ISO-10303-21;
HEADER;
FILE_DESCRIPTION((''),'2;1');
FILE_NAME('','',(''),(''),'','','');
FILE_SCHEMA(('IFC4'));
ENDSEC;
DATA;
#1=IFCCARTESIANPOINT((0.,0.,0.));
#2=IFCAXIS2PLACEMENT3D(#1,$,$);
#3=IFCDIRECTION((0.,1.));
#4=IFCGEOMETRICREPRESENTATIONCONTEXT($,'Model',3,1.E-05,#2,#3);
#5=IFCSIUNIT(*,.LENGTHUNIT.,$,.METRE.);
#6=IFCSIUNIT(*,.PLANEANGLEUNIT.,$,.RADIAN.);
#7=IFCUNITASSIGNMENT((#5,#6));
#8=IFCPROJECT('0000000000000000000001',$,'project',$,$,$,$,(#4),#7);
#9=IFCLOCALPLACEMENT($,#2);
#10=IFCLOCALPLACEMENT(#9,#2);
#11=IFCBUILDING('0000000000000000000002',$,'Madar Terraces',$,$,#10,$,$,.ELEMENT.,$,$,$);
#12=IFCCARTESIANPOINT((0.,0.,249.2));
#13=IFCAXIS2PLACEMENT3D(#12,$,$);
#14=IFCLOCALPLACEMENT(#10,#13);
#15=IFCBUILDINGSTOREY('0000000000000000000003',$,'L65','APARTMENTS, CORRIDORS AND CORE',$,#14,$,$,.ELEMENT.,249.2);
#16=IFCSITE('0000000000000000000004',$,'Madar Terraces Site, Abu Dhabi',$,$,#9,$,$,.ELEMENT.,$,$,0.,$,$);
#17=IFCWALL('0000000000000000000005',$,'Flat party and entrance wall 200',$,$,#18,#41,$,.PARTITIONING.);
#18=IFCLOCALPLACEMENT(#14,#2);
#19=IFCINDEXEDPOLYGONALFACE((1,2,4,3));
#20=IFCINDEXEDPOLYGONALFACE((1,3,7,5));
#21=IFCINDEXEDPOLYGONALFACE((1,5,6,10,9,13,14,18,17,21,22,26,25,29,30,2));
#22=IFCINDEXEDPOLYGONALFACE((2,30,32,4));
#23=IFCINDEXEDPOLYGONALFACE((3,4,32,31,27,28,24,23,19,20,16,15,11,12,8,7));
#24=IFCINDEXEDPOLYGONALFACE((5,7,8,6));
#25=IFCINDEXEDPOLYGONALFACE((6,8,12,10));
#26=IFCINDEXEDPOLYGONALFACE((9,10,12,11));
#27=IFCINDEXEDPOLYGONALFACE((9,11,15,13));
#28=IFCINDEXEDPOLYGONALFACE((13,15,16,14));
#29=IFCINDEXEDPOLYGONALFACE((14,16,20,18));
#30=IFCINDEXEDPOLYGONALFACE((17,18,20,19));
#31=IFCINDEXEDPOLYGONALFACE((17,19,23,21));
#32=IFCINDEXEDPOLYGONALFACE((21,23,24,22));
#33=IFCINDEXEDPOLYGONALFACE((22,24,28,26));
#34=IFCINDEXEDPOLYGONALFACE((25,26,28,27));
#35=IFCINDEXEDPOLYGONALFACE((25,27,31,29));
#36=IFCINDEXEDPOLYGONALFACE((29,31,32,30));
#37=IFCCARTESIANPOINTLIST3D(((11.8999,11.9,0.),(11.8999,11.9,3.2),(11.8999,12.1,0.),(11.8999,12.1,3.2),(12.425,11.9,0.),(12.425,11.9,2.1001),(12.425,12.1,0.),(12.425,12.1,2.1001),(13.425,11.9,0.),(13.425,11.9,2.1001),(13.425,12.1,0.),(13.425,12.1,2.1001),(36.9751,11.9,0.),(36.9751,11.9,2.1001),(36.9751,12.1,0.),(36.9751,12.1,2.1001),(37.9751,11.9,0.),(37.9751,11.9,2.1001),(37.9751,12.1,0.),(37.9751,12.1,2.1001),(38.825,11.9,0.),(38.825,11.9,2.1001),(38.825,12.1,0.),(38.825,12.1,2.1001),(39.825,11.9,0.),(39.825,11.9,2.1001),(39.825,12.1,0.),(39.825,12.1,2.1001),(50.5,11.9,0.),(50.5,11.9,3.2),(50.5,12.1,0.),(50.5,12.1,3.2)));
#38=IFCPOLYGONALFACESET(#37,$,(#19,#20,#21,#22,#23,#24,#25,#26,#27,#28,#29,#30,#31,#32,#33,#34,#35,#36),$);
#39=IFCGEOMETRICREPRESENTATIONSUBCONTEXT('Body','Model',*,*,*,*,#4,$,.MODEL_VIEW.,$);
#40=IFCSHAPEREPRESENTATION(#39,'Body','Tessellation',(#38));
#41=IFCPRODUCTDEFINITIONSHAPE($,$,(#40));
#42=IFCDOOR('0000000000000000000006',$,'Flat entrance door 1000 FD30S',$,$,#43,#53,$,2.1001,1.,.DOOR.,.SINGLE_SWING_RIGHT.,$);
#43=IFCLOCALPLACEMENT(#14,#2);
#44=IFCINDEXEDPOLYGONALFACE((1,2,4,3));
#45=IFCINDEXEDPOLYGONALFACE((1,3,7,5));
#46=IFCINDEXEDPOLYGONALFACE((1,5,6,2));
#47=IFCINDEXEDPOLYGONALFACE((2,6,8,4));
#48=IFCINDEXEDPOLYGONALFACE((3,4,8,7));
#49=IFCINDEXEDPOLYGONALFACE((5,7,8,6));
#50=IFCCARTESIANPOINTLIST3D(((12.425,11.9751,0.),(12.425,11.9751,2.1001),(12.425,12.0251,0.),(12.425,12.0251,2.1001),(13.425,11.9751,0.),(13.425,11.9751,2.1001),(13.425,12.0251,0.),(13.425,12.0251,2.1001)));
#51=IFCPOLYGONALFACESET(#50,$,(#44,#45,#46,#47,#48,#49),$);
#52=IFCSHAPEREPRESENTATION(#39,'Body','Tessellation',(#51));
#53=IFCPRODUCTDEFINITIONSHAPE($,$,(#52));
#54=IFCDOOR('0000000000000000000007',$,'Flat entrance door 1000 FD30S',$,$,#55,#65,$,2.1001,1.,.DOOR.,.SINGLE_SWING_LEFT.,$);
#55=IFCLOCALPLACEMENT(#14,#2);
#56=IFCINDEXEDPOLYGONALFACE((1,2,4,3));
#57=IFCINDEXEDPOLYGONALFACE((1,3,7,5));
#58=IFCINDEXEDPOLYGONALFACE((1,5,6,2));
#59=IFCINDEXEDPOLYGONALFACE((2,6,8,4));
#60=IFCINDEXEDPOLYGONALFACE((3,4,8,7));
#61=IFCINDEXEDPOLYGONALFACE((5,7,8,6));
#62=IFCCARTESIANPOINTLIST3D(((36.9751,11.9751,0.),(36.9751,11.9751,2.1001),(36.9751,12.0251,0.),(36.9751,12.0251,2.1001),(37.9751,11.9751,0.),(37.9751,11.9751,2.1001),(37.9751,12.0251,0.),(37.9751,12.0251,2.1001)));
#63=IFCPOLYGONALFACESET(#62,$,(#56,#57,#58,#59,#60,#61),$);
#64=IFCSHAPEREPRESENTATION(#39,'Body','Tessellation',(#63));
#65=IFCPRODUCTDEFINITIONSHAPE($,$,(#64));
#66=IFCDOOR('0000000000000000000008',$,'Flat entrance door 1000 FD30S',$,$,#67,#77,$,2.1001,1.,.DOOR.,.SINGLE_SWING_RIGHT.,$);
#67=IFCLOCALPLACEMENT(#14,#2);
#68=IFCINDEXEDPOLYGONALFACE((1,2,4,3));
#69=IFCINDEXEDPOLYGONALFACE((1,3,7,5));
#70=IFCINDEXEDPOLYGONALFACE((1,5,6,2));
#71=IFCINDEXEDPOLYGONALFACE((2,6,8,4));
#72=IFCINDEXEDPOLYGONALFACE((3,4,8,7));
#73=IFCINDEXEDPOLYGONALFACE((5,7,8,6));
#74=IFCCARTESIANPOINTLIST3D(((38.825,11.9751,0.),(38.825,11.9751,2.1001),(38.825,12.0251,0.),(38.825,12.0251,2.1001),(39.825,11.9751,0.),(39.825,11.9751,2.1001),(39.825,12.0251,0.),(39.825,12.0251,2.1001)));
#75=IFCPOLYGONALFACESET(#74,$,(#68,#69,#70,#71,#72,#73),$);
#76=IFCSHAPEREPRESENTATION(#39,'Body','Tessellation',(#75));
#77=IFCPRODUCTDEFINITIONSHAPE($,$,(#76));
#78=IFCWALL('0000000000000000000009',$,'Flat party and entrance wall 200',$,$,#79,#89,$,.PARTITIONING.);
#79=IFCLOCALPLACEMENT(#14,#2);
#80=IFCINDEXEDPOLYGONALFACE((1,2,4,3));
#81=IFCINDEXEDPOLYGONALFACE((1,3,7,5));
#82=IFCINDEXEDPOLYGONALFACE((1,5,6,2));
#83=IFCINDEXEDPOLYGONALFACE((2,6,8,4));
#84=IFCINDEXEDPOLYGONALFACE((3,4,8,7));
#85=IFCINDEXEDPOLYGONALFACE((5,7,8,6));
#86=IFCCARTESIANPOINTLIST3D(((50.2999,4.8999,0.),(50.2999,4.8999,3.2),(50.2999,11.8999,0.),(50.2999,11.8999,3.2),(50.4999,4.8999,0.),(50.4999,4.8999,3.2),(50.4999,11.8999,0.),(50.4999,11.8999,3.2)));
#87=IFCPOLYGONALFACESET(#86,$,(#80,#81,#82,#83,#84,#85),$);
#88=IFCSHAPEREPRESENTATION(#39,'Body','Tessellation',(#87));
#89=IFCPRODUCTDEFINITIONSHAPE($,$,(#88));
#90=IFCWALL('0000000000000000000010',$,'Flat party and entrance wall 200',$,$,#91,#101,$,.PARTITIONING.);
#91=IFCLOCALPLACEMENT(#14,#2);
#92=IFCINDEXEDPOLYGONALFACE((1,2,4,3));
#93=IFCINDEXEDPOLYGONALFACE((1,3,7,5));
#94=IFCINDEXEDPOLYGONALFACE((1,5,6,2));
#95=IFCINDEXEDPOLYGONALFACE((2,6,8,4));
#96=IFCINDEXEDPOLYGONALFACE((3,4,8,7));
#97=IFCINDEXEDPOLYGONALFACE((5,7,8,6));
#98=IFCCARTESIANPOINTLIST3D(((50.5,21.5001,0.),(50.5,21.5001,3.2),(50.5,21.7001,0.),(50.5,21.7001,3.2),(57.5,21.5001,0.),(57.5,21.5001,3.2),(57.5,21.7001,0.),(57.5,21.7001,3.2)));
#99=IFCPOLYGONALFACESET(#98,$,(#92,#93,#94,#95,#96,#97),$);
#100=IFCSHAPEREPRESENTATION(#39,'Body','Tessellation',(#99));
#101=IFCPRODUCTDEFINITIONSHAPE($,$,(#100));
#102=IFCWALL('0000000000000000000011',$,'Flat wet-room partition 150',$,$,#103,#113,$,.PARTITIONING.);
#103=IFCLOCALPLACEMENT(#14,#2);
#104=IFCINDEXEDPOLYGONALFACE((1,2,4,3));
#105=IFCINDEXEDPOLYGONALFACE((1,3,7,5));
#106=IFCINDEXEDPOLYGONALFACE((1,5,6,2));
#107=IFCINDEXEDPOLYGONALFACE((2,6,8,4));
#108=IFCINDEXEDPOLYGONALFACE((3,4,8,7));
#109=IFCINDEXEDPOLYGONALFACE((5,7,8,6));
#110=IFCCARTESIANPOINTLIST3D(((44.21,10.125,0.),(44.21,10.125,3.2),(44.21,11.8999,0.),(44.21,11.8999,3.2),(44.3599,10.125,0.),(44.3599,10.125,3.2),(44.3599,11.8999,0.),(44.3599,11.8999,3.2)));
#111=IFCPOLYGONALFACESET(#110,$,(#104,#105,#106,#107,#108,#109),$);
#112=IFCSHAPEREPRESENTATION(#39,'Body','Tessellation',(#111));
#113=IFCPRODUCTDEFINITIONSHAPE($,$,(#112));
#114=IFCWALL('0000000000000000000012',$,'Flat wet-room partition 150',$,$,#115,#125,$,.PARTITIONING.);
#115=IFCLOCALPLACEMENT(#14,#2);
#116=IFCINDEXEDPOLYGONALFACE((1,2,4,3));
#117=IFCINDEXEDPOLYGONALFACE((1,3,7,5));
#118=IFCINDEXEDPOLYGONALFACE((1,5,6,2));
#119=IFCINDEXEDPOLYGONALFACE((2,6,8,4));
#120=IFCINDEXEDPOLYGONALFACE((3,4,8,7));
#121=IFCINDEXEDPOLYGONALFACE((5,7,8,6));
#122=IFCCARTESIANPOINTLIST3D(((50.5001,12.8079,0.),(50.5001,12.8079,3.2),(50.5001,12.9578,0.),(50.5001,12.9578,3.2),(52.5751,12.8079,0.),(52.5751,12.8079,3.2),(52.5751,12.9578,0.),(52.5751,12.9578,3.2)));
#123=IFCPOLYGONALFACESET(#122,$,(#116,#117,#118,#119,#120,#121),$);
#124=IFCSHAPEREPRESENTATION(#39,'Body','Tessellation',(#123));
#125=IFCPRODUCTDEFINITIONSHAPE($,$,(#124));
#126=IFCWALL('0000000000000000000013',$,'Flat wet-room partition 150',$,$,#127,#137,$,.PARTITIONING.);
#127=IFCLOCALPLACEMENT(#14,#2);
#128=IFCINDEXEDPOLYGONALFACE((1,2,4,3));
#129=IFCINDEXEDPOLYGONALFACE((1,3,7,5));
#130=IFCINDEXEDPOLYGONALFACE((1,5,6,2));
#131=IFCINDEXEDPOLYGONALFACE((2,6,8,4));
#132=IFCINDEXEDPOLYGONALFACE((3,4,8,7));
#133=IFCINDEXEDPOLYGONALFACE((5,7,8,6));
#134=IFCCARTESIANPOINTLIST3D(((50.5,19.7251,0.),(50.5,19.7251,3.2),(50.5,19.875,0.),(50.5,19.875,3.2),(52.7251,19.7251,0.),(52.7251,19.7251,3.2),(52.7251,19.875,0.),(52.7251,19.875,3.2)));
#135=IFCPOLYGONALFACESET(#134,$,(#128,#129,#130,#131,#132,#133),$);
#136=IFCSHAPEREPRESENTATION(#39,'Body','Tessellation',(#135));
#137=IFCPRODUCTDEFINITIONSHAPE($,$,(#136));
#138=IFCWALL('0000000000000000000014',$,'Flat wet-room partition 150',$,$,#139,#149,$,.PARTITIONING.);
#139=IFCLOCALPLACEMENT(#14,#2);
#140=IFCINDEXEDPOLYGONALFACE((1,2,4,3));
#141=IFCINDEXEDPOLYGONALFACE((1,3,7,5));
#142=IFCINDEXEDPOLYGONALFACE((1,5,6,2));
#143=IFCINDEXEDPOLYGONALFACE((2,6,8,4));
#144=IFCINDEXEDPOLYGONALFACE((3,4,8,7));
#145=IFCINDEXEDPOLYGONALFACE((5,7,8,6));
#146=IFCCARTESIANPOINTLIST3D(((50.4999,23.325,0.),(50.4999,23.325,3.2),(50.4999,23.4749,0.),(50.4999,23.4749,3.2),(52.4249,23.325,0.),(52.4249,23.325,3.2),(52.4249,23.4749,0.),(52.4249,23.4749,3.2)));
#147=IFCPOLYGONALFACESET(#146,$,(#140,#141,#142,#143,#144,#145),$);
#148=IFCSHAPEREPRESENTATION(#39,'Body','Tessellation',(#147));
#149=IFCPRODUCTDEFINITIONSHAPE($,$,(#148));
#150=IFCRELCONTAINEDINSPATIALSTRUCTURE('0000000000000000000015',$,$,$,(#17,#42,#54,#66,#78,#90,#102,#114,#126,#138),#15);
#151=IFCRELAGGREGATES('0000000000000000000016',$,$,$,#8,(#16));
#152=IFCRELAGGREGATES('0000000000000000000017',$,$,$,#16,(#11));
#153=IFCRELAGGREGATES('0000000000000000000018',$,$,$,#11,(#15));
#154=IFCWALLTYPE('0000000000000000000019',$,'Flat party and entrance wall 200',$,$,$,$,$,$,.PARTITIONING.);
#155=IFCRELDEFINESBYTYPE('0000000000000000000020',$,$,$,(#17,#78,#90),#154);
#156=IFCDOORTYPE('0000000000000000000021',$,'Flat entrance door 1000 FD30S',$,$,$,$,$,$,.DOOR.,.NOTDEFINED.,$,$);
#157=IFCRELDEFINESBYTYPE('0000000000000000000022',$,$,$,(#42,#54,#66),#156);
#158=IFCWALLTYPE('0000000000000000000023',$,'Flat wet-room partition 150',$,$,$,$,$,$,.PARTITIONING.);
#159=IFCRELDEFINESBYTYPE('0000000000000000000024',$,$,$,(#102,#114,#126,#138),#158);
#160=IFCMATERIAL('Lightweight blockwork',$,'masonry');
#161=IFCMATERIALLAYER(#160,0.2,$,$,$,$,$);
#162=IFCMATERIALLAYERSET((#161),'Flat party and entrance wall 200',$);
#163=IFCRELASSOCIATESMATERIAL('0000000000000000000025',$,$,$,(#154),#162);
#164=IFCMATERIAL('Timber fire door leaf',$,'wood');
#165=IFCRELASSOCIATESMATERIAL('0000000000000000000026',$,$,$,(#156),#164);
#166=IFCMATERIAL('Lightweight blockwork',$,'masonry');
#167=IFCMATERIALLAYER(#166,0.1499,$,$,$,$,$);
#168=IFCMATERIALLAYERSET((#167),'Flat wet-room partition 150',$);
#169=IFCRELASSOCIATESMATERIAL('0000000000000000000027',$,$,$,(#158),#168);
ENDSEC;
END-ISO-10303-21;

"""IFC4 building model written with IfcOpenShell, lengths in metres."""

from ifc_helpers import new_model, si_unit, direction, frame, frame_2d, origin, place, context, subcontext, project, spatial, rectangle, extrude, material, layer, layer_set, type_object, element, fill, save


model = new_model("IFC4")

# Units and contexts
model_context = context("Model", 3, precision=1e-05, world=origin(), true_north=direction((0.0, 1.0)))
body_context = subcontext(model_context, "Body", "Model", "MODEL_VIEW")
ifc_project = project(units=[si_unit("LENGTHUNIT", "METRE"), si_unit("PLANEANGLEUNIT", "RADIAN")], contexts=[model_context])

# Site, building, storey
site_placement = place(None, origin())
site = spatial("IfcSite", under=ifc_project, at=site_placement, Name="Madar Terraces Site, Abu Dhabi", CompositionType="ELEMENT", RefElevation=0.0)
building_placement = place(site_placement, origin())
building = spatial("IfcBuilding", under=site, at=building_placement, Name="Madar Terraces", CompositionType="ELEMENT")
storey_placement = place(building_placement, frame((0.0, 0.0, 249.2)))
storey = spatial("IfcBuildingStorey", under=building, at=storey_placement, Name="L65", Description="APARTMENTS, CORRIDORS AND CORE", CompositionType="ELEMENT", Elevation=249.2)

# Wall, openings, doors
ifc_material_1 = material(Name="Lightweight blockwork", Category="masonry")
ifc_layer_1 = layer(ifc_material_1, 0.2)
ifc_layer_set_1 = layer_set([ifc_layer_1], Name="Flat party and entrance wall 200")
wall_type_1 = type_object("IfcWallType", Name="Flat party and entrance wall 200", PredefinedType="PARTITIONING", material=ifc_layer_set_1)
wall_1_placement = place(storey_placement, frame((50.5, 12.0, 0.0), z_axis=(0.0, 0.0, 1.0), x_axis=(-1.0, 0.0, 0.0)))
wall_1 = element("IfcWall", 1, at=wall_1_placement, inside=storey, type_object=wall_type_1, Name="Flat party and entrance wall 200", PredefinedType="PARTITIONING", context=body_context, shape_type="SweptSolid", body=[
    extrude(rectangle(XDim=38.6001, YDim=0.2, at=frame_2d((19.3, 0.0))), origin(), (0.0, 0.0, 1.0), 3.2),
])
opening_1_placement = place(wall_1_placement, frame((37.075, 0.0, 0.0)))
opening_1 = element("IfcOpeningElement", 2, at=opening_1_placement, cuts=wall_1, PredefinedType="OPENING", context=body_context, shape_type="SweptSolid", body=[
    extrude(rectangle(XDim=1.0, YDim=2.1001, at=frame_2d((0.5, 1.05))), frame((0.0, 0.1099, 0.0), z_axis=(0.0, -1.0, 0.0), x_axis=(1.0, 0.0, 0.0)), (0.0, 0.0, 1.0), 0.22),
])
opening_2_placement = place(wall_1_placement, frame((12.5249, 0.0, 0.0)))
opening_2 = element("IfcOpeningElement", 3, at=opening_2_placement, cuts=wall_1, PredefinedType="OPENING", context=body_context, shape_type="SweptSolid", body=[
    extrude(rectangle(XDim=1.0, YDim=2.1001, at=frame_2d((0.5, 1.05))), frame((0.0, 0.1099, 0.0), z_axis=(0.0, -1.0, 0.0), x_axis=(1.0, 0.0, 0.0)), (0.0, 0.0, 1.0), 0.22),
])
opening_3_placement = place(wall_1_placement, frame((10.675, 0.0, 0.0)))
opening_3 = element("IfcOpeningElement", 4, at=opening_3_placement, cuts=wall_1, PredefinedType="OPENING", context=body_context, shape_type="SweptSolid", body=[
    extrude(rectangle(XDim=1.0, YDim=2.1001, at=frame_2d((0.5, 1.05))), frame((0.0, 0.1099, 0.0), z_axis=(0.0, -1.0, 0.0), x_axis=(1.0, 0.0, 0.0)), (0.0, 0.0, 1.0), 0.22),
])
ifc_material_2 = material(Name="Timber fire door leaf", Category="wood")
door_type_1 = type_object("IfcDoorType", Name="Flat entrance door 1000 FD30S", OperationType="NOTDEFINED", PredefinedType="DOOR", material=ifc_material_2)
door_1_placement = place(opening_1_placement, origin())
door_1 = element("IfcDoor", 5, at=door_1_placement, inside=storey, type_object=door_type_1, Name="Flat entrance door 1000 FD30S", OperationType="SINGLE_SWING_RIGHT", OverallHeight=2.1001, OverallWidth=1.0, PredefinedType="DOOR", context=body_context, shape_type="SweptSolid", body=[
    extrude(rectangle(XDim=1.0, YDim=2.1001, at=frame_2d((0.5, 1.05))), frame((0.0, 0.0249, 0.0), z_axis=(0.0, -1.0, 0.0), x_axis=(1.0, 0.0, 0.0)), (0.0, 0.0, 1.0), 0.05),
])
fill(opening_1, door_1)
door_2_placement = place(opening_2_placement, origin())
door_2 = element("IfcDoor", 6, at=door_2_placement, inside=storey, type_object=door_type_1, Name="Flat entrance door 1000 FD30S", OperationType="SINGLE_SWING_LEFT", OverallHeight=2.1001, OverallWidth=1.0, PredefinedType="DOOR", context=body_context, shape_type="SweptSolid", body=[
    extrude(rectangle(XDim=1.0, YDim=2.1001, at=frame_2d((0.5, 1.05))), frame((0.0, 0.0249, 0.0), z_axis=(0.0, -1.0, 0.0), x_axis=(1.0, 0.0, 0.0)), (0.0, 0.0, 1.0), 0.05),
])
fill(opening_2, door_2)
door_3_placement = place(opening_3_placement, origin())
door_3 = element("IfcDoor", 7, at=door_3_placement, inside=storey, type_object=door_type_1, Name="Flat entrance door 1000 FD30S", OperationType="SINGLE_SWING_RIGHT", OverallHeight=2.1001, OverallWidth=1.0, PredefinedType="DOOR", context=body_context, shape_type="SweptSolid", body=[
    extrude(rectangle(XDim=1.0, YDim=2.1001, at=frame_2d((0.5, 1.05))), frame((0.0, 0.0249, 0.0), z_axis=(0.0, -1.0, 0.0), x_axis=(1.0, 0.0, 0.0)), (0.0, 0.0, 1.0), 0.05),
])
fill(opening_3, door_3)

# Walls
for number, where, z_axis, x_axis, name in (
    (8, (50.3999, 11.8999, 0.0), (0.0, 0.0, 1.0), (0.0, -1.0, 0.0), "Flat party and entrance wall 200"),
    (9, (50.5, 21.6001, 0.0), (0.0, 0.0, 1.0), (1.0, 0.0, 0.0), "Flat party and entrance wall 200"),
):
    element("IfcWall", number, at=place(storey_placement, frame(where, z_axis=z_axis, x_axis=x_axis)), inside=storey, type_object=wall_type_1, Name=name, PredefinedType="PARTITIONING", context=body_context, shape_type="SweptSolid", body=[
        extrude(rectangle(XDim=7.0, YDim=0.2, at=frame_2d((3.5, 0.0))), origin(), (0.0, 0.0, 1.0), 3.2),
    ])
ifc_material_3 = material(Name="Lightweight blockwork", Category="masonry")
ifc_layer_2 = layer(ifc_material_3, 0.1499)
ifc_layer_set_2 = layer_set([ifc_layer_2], Name="Flat wet-room partition 150")
wall_type_2 = type_object("IfcWallType", Name="Flat wet-room partition 150", PredefinedType="PARTITIONING", material=ifc_layer_set_2)
wall_2_placement = place(storey_placement, frame((44.2849, 11.8999, 0.0), z_axis=(0.0, 0.0, 1.0), x_axis=(0.0, -1.0, 0.0)))
element("IfcWall", 10, at=wall_2_placement, inside=storey, type_object=wall_type_2, Name="Flat wet-room partition 150", PredefinedType="PARTITIONING", context=body_context, shape_type="SweptSolid", body=[
    extrude(rectangle(XDim=1.7749, YDim=0.1499, at=frame_2d((0.8875, 0.0))), origin(), (0.0, 0.0, 1.0), 3.2),
])
wall_3_placement = place(storey_placement, frame((50.5, 12.8828, 0.0), z_axis=(0.0, 0.0, 1.0), x_axis=(1.0, 0.0, 0.0)))
element("IfcWall", 11, at=wall_3_placement, inside=storey, type_object=wall_type_2, Name="Flat wet-room partition 150", PredefinedType="PARTITIONING", context=body_context, shape_type="SweptSolid", body=[
    extrude(rectangle(XDim=2.075, YDim=0.1499, at=frame_2d((1.0376, 0.0))), origin(), (0.0, 0.0, 1.0), 3.2),
])
wall_4_placement = place(storey_placement, frame((50.5, 19.8, 0.0), z_axis=(0.0, 0.0, 1.0), x_axis=(1.0, 0.0, 0.0)))
element("IfcWall", 12, at=wall_4_placement, inside=storey, type_object=wall_type_2, Name="Flat wet-room partition 150", PredefinedType="PARTITIONING", context=body_context, shape_type="SweptSolid", body=[
    extrude(rectangle(XDim=2.2251, YDim=0.1499, at=frame_2d((1.1125, 0.0))), origin(), (0.0, 0.0, 1.0), 3.2),
])
wall_5_placement = place(storey_placement, frame((50.5, 23.3999, 0.0), z_axis=(0.0, 0.0, 1.0), x_axis=(1.0, 0.0, 0.0)))
element("IfcWall", 13, at=wall_5_placement, inside=storey, type_object=wall_type_2, Name="Flat wet-room partition 150", PredefinedType="PARTITIONING", context=body_context, shape_type="SweptSolid", body=[
    extrude(rectangle(XDim=1.925, YDim=0.1499, at=frame_2d((0.9624, 0.0))), origin(), (0.0, 0.0, 1.0), 3.2),
])

save(model, "model.ifc")
